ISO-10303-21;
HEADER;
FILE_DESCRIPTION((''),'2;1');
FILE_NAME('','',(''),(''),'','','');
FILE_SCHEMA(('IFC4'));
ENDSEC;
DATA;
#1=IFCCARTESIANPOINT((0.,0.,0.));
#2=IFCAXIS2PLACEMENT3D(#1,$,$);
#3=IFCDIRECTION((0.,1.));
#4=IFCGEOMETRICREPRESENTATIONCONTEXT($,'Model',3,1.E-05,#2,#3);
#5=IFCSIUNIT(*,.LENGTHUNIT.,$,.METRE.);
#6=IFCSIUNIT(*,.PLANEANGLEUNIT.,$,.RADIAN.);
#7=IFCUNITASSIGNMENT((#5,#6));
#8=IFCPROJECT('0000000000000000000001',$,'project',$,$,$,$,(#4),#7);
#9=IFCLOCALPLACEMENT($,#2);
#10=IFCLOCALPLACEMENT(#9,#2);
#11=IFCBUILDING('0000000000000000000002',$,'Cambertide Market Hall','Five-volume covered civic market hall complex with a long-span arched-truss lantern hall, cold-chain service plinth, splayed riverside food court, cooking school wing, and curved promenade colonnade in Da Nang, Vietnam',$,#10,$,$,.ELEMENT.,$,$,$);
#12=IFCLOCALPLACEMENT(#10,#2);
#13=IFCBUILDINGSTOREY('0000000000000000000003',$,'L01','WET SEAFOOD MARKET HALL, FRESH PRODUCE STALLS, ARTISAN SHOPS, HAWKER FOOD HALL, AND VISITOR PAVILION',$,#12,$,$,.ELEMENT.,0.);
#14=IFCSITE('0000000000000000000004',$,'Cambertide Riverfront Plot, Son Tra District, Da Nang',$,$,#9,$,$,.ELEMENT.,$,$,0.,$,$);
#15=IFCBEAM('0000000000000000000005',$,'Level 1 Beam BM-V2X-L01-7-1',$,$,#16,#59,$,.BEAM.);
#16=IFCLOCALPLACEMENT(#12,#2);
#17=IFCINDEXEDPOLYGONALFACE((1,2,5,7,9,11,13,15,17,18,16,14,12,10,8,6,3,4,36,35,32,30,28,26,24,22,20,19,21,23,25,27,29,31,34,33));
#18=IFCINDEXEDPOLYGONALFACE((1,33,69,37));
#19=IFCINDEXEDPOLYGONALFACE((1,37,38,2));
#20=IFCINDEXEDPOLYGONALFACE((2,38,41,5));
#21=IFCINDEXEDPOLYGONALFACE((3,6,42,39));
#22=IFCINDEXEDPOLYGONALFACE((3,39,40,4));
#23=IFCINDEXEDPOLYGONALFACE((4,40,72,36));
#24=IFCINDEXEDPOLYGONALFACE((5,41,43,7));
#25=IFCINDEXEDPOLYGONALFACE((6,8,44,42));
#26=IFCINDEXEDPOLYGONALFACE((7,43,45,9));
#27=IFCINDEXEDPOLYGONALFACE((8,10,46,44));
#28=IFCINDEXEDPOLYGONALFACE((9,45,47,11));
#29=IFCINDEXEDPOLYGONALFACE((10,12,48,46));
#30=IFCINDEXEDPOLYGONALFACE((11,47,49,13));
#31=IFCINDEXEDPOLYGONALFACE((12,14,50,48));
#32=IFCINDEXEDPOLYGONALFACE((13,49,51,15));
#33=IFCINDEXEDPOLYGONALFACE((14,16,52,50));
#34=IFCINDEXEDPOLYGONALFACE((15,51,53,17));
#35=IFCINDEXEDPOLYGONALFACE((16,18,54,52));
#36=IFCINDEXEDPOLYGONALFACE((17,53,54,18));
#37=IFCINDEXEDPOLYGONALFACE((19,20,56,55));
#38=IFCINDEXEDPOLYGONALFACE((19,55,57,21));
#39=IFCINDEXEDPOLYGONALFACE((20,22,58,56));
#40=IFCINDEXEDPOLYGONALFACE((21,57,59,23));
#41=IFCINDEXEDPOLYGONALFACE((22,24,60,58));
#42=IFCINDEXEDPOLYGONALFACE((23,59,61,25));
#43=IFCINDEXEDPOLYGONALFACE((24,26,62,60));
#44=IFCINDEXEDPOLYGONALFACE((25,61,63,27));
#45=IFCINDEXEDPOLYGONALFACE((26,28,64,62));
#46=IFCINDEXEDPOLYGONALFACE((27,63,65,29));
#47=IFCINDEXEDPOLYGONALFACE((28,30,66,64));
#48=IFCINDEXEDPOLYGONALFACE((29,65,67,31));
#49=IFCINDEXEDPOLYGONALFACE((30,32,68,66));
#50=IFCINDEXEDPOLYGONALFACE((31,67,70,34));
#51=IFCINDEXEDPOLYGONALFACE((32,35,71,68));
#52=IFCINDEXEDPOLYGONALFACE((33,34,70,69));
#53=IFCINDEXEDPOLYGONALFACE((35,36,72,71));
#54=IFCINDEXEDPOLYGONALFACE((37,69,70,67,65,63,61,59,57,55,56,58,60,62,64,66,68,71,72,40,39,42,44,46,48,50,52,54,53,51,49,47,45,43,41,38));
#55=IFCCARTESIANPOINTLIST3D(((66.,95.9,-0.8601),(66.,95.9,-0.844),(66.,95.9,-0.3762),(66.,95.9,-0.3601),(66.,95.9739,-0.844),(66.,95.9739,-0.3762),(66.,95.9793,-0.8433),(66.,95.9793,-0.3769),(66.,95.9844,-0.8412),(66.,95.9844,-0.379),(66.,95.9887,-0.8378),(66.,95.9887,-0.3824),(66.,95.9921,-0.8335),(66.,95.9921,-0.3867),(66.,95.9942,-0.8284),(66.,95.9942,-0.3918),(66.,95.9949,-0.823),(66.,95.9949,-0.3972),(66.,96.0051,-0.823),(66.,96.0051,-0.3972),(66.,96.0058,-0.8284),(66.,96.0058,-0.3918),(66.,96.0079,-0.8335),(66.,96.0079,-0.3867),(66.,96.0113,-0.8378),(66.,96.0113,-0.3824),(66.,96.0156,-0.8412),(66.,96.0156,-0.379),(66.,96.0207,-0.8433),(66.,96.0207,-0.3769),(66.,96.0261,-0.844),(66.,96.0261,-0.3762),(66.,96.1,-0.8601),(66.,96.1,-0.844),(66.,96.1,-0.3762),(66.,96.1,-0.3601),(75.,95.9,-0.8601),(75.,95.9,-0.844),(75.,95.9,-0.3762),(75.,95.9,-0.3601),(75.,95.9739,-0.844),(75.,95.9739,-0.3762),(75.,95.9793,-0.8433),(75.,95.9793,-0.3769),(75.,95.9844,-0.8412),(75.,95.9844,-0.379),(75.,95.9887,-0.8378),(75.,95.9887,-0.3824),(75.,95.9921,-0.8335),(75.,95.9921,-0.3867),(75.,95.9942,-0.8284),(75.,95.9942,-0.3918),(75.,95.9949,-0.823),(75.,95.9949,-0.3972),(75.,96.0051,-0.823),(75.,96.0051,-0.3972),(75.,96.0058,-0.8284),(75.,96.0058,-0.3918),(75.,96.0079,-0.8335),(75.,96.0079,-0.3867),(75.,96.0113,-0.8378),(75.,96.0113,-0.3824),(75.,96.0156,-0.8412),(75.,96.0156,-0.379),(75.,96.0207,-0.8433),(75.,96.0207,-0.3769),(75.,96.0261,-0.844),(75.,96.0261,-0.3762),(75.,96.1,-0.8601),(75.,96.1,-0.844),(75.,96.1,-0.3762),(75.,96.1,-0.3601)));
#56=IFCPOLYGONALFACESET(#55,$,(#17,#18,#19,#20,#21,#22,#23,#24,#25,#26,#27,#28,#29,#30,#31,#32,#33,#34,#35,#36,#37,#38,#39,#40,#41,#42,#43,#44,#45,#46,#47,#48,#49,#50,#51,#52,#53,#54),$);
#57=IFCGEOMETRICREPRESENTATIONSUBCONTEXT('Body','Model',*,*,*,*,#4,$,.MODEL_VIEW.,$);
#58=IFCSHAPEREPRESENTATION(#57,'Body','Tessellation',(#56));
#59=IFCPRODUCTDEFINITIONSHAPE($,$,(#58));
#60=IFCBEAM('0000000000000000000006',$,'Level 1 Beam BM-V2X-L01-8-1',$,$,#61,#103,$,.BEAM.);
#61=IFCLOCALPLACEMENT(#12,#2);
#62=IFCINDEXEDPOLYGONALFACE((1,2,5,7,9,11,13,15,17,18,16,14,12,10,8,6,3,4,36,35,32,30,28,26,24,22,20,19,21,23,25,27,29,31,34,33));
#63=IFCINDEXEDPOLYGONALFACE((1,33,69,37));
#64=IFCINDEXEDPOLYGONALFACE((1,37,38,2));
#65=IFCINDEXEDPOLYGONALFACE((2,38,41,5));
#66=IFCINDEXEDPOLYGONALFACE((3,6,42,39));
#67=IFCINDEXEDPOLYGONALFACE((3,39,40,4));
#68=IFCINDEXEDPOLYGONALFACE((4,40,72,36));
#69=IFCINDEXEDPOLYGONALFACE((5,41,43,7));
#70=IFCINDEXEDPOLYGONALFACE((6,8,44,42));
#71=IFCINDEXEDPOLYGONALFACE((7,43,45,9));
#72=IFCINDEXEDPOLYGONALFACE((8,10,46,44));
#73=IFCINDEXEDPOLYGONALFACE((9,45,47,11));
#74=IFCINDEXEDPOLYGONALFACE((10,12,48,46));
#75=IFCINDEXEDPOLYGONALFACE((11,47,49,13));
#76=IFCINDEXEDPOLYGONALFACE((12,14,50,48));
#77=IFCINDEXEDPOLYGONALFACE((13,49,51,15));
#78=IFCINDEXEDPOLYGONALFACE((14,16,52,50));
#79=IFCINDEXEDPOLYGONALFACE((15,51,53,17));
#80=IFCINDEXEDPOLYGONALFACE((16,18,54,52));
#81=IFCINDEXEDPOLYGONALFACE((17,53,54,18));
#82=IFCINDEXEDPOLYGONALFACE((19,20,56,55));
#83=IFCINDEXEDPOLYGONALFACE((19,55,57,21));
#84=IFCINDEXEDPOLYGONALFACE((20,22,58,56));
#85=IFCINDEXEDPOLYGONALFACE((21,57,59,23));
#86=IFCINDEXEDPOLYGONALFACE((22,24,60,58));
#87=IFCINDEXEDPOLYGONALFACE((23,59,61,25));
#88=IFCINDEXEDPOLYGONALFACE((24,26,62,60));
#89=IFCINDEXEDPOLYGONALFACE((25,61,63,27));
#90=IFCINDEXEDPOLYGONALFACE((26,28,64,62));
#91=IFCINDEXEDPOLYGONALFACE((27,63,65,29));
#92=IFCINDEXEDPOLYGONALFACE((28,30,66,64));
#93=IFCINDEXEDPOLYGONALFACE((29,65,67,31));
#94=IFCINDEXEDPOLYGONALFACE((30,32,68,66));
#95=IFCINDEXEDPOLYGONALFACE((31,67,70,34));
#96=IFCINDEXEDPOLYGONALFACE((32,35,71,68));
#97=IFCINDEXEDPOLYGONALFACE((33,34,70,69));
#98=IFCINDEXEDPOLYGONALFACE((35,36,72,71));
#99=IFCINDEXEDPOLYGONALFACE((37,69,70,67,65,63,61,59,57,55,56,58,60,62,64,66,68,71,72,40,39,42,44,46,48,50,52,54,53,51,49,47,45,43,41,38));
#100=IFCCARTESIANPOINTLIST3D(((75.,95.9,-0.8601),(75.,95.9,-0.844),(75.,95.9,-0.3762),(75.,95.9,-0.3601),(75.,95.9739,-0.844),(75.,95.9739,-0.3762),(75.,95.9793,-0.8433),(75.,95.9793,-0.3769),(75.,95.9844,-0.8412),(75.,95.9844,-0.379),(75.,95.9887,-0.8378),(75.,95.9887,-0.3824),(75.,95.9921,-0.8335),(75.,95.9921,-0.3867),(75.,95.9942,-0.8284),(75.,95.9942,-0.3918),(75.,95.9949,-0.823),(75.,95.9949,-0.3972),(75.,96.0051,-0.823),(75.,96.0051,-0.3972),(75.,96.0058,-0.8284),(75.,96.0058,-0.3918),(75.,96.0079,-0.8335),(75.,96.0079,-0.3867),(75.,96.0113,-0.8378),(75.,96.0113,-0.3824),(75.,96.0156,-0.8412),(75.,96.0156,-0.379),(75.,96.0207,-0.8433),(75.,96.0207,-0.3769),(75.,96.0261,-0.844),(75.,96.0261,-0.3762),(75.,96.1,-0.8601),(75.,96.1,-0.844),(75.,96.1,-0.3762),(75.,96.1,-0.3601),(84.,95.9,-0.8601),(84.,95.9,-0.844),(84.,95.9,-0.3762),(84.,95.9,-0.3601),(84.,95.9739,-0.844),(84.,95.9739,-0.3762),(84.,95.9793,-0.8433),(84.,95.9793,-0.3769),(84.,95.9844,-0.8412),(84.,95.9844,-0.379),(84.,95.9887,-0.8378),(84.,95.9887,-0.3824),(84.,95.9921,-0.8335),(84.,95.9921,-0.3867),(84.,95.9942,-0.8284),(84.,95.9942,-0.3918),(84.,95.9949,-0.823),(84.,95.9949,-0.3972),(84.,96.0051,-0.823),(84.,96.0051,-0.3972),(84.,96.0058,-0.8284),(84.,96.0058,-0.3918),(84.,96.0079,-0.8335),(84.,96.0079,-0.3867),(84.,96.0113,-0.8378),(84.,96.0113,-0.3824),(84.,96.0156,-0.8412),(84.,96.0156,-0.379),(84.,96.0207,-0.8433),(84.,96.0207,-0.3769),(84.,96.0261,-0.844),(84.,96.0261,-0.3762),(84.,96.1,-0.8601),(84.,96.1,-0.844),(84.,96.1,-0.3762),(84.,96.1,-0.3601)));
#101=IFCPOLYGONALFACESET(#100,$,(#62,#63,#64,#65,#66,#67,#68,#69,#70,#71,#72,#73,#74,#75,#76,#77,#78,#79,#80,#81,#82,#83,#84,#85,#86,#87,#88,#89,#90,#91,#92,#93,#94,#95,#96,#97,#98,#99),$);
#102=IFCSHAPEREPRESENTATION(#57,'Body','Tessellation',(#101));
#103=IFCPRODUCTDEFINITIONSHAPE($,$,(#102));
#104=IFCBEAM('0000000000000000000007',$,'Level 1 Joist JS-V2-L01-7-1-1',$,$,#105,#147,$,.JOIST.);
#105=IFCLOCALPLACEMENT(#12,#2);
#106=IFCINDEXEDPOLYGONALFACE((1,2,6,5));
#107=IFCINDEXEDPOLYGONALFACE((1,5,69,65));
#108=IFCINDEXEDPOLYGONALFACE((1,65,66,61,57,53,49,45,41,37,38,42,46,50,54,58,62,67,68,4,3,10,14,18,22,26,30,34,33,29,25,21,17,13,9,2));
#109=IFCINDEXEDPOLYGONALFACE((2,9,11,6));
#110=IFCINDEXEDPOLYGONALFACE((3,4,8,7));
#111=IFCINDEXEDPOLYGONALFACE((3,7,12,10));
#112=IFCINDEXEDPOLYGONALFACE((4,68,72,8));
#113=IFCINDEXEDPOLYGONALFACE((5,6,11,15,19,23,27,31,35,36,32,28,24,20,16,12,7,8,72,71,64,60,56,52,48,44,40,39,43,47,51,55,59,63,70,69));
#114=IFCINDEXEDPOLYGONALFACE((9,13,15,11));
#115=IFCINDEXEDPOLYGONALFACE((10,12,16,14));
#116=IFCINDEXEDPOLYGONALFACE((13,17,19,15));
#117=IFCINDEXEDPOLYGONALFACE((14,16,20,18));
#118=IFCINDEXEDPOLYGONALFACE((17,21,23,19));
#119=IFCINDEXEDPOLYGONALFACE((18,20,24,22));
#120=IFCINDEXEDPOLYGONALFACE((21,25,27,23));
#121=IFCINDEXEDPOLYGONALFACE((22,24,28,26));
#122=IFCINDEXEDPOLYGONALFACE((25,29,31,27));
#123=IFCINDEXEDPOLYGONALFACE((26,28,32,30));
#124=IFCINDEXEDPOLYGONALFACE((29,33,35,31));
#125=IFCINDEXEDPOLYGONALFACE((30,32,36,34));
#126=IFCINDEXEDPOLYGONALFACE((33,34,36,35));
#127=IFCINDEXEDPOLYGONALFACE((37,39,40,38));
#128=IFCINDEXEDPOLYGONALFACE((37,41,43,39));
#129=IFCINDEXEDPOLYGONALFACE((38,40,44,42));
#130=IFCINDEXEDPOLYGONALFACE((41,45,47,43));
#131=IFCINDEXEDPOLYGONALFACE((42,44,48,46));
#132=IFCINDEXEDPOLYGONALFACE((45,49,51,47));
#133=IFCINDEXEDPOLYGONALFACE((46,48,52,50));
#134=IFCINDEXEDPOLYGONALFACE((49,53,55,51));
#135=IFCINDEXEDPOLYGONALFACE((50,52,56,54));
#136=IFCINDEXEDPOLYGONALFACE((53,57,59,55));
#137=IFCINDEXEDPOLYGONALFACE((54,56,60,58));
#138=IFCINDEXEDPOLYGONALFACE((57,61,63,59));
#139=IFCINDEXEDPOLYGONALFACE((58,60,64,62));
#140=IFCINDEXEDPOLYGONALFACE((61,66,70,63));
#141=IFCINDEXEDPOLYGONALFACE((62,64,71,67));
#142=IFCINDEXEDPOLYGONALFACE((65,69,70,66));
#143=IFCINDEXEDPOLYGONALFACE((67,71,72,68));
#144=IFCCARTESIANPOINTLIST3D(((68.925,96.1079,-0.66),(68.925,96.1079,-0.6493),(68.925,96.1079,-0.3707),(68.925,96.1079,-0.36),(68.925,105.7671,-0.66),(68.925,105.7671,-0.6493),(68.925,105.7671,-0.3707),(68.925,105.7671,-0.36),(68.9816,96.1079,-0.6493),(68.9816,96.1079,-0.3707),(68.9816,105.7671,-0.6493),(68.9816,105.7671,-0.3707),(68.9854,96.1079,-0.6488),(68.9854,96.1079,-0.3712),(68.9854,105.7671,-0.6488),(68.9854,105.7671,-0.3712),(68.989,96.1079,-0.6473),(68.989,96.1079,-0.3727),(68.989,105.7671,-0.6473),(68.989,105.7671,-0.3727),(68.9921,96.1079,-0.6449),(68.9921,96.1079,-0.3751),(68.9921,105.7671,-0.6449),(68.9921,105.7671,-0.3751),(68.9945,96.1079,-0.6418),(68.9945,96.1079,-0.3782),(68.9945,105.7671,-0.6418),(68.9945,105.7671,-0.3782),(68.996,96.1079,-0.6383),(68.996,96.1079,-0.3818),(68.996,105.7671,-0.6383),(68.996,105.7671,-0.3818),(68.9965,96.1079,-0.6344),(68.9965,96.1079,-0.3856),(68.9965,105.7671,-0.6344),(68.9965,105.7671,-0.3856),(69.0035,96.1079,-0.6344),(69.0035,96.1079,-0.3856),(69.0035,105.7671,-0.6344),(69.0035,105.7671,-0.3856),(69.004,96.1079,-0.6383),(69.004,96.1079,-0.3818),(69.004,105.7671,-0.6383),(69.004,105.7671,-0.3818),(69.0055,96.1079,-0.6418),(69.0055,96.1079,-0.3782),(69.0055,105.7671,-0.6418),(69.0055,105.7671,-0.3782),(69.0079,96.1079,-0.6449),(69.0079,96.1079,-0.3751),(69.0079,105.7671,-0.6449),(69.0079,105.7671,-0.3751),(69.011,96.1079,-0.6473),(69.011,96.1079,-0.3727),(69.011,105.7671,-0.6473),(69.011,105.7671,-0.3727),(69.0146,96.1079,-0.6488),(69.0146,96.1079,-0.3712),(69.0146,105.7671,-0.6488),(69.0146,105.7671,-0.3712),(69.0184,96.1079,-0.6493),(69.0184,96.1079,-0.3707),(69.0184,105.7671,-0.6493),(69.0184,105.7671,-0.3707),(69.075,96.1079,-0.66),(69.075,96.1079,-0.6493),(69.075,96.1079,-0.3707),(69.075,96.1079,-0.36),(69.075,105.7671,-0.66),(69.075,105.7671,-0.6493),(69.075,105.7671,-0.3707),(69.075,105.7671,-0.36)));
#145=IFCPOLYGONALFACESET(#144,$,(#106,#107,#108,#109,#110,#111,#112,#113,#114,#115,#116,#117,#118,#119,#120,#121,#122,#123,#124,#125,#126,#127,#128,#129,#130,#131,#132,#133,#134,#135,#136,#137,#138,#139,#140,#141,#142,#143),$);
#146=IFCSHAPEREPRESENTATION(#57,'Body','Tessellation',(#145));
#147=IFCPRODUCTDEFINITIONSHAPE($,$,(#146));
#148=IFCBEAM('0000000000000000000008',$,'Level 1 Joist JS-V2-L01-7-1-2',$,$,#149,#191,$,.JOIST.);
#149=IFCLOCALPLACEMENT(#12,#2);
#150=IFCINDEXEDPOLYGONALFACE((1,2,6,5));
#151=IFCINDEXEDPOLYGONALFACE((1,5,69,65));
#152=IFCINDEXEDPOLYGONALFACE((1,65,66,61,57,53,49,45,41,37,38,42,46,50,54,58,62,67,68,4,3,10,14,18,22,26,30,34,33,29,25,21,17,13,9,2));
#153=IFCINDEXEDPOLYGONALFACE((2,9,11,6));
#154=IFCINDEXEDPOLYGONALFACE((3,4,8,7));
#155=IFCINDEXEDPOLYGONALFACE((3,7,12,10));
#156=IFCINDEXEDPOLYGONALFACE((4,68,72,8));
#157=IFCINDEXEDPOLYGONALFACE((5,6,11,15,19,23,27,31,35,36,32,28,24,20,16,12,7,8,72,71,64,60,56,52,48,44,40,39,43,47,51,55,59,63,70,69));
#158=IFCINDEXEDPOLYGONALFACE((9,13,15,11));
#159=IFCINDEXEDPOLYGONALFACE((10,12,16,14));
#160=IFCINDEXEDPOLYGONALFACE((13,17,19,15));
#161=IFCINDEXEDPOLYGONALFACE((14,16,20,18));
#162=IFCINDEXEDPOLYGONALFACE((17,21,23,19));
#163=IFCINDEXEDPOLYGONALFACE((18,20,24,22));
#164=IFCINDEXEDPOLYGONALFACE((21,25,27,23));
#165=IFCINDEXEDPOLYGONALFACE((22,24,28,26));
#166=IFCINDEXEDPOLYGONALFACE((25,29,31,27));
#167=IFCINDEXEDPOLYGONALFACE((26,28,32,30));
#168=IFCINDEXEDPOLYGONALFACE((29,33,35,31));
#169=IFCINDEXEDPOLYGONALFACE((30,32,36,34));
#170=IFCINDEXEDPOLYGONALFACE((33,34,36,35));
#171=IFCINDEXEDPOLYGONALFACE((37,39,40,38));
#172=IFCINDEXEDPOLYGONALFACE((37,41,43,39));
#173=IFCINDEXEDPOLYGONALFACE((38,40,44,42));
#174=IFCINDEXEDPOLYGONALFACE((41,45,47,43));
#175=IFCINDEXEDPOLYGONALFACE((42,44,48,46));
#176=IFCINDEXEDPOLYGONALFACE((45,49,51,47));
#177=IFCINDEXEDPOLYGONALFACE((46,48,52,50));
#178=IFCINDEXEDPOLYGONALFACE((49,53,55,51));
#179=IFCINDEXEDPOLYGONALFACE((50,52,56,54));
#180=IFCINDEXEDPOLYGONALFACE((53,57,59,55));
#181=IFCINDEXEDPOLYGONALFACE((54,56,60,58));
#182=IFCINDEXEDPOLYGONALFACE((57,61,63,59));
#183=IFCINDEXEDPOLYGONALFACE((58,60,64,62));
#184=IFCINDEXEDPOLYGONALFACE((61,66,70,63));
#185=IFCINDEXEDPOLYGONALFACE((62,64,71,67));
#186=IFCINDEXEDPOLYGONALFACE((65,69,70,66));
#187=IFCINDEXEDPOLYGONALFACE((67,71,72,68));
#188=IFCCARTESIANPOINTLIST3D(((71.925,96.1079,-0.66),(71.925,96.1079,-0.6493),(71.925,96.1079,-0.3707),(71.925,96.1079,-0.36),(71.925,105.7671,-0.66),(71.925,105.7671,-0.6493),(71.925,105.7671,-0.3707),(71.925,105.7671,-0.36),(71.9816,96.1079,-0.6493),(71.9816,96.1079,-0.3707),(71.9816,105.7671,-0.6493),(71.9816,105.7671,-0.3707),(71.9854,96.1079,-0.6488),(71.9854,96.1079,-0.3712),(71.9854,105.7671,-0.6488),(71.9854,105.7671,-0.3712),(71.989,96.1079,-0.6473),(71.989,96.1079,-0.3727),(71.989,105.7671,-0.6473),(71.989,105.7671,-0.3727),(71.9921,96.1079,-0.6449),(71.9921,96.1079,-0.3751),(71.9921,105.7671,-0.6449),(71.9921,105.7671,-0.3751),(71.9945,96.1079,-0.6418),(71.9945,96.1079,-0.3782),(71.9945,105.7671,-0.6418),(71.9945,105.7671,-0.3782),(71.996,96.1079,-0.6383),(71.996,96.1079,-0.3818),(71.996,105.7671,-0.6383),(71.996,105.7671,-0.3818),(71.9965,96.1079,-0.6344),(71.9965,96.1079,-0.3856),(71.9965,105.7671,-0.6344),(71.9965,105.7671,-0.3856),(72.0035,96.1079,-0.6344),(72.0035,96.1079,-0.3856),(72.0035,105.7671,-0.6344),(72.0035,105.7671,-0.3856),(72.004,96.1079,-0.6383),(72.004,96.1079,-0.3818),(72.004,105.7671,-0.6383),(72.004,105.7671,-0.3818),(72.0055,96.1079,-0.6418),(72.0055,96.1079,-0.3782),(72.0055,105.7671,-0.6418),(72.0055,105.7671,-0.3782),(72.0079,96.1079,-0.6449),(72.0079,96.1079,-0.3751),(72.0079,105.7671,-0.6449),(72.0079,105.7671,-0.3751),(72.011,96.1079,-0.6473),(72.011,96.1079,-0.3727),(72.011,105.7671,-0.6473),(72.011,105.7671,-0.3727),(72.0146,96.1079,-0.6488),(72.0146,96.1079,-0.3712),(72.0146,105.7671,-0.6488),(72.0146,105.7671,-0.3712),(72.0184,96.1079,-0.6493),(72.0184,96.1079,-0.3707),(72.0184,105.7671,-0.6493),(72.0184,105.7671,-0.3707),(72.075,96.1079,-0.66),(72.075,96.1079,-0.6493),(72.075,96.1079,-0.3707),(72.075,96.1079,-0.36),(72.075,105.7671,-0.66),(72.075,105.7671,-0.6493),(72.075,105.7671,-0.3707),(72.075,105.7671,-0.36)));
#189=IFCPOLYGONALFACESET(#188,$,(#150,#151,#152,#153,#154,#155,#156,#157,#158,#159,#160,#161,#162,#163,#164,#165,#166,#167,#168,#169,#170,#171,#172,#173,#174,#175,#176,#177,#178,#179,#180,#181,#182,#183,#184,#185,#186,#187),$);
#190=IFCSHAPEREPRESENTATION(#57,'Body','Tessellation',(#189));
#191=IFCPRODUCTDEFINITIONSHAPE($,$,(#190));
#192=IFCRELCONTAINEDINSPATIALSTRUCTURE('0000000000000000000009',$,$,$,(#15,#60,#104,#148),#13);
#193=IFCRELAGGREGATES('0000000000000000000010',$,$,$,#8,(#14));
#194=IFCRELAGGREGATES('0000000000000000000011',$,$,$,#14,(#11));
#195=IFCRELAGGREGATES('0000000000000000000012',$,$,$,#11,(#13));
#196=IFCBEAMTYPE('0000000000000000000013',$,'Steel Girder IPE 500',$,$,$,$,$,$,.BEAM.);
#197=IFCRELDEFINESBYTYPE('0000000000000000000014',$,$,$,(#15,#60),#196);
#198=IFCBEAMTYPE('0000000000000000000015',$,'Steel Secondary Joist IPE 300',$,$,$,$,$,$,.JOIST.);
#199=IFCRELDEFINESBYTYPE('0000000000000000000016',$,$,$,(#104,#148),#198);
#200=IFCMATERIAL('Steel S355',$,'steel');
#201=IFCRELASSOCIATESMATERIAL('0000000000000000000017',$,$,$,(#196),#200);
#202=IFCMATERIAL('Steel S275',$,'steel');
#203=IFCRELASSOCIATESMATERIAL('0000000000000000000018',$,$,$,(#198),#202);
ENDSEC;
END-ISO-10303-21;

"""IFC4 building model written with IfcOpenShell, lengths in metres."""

from ifc_helpers import new_model, si_unit, direction, frame, origin, origin_2d, place, context, subcontext, project, spatial, i_section, extrude, material, material_profile, profile_set, type_object, element, save


model = new_model("IFC4")

# Units and contexts
model_context = context("Model", 3, precision=1e-05, world=origin(), true_north=direction((0.0, 1.0)))
body_context = subcontext(model_context, "Body", "Model", "MODEL_VIEW")
ifc_project = project(units=[si_unit("LENGTHUNIT", "METRE"), si_unit("PLANEANGLEUNIT", "RADIAN")], contexts=[model_context])

# Site, building, storey
site_placement = place(None, origin())
site = spatial("IfcSite", under=ifc_project, at=site_placement, Name="Cambertide Riverfront Plot, Son Tra District, Da Nang", CompositionType="ELEMENT", RefElevation=0.0)
building_placement = place(site_placement, origin())
building = spatial("IfcBuilding", under=site, at=building_placement, Name="Cambertide Market Hall", Description="Five-volume covered civic market hall complex with a long-span arched-truss lantern hall, cold-chain service plinth, splayed riverside food court, cooking school wing, and curved promenade colonnade in Da Nang, Vietnam", CompositionType="ELEMENT")
storey_placement = place(building_placement, origin())
storey = spatial("IfcBuildingStorey", under=building, at=storey_placement, Name="L01", Description="WET SEAFOOD MARKET HALL, FRESH PRODUCE STALLS, ARTISAN SHOPS, HAWKER FOOD HALL, AND VISITOR PAVILION", CompositionType="ELEMENT", Elevation=0.0)

# Beams
ifc_material_1 = material(Name="Steel S355", Category="steel")
ifc_material_profile_1 = material_profile(ifc_material_1, i_section(OverallWidth=0.2, OverallDepth=0.5, WebThickness=0.0103, FlangeThickness=0.0161, FilletRadius=0.021, at=origin_2d()), Name="IPE 500")
ifc_profile_set_1 = profile_set([ifc_material_profile_1], Name="Steel S355")
beam_type_1 = type_object("IfcBeamType", Name="Steel Girder IPE 500", PredefinedType="BEAM", material=ifc_profile_set_1)
for number, where, z_axis, x_axis, name in (
    (1, (66.0, 96.0, -0.6101), (1.0, 0.0, 0.0), (0.0, 1.0, 0.0), "Level 1 Beam BM-V2X-L01-7-1"),
    (2, (75.0, 96.0, -0.6101), (1.0, 0.0, 0.0), (0.0, 1.0, 0.0), "Level 1 Beam BM-V2X-L01-8-1"),
):
    element("IfcBeam", number, at=place(storey_placement, frame(where, z_axis=z_axis, x_axis=x_axis)), inside=storey, type_object=beam_type_1, Name=name, PredefinedType="BEAM", context=body_context, shape_type="SweptSolid", body=[
        extrude(i_section(OverallWidth=0.2, OverallDepth=0.5, WebThickness=0.0103, FlangeThickness=0.0161, FilletRadius=0.021, at=origin_2d()), origin(), (0.0, 0.0, 1.0), 9.0),
    ])
ifc_material_2 = material(Name="Steel S275", Category="steel")
ifc_material_profile_2 = material_profile(ifc_material_2, i_section(OverallWidth=0.1499, OverallDepth=0.3, WebThickness=0.0071, FlangeThickness=0.0107, FilletRadius=0.0149, at=origin_2d()), Name="IPE 300")
ifc_profile_set_2 = profile_set([ifc_material_profile_2], Name="Steel S275")
beam_type_2 = type_object("IfcBeamType", Name="Steel Secondary Joist IPE 300", PredefinedType="JOIST", material=ifc_profile_set_2)
for number, where, z_axis, x_axis, name in (
    (3, (69.0, 96.1079, -0.51), (0.0, 1.0, 0.0), (-1.0, 0.0, 0.0), "Level 1 Joist JS-V2-L01-7-1-1"),
    (4, (72.0, 96.1079, -0.51), (0.0, 1.0, 0.0), (-1.0, 0.0, 0.0), "Level 1 Joist JS-V2-L01-7-1-2"),
):
    element("IfcBeam", number, at=place(storey_placement, frame(where, z_axis=z_axis, x_axis=x_axis)), inside=storey, type_object=beam_type_2, Name=name, PredefinedType="JOIST", context=body_context, shape_type="SweptSolid", body=[
        extrude(i_section(OverallWidth=0.1499, OverallDepth=0.3, WebThickness=0.0071, FlangeThickness=0.0107, FilletRadius=0.0149, at=origin_2d()), origin(), (0.0, 0.0, 1.0), 9.6592),
    ])

save(model, "model.ifc")
